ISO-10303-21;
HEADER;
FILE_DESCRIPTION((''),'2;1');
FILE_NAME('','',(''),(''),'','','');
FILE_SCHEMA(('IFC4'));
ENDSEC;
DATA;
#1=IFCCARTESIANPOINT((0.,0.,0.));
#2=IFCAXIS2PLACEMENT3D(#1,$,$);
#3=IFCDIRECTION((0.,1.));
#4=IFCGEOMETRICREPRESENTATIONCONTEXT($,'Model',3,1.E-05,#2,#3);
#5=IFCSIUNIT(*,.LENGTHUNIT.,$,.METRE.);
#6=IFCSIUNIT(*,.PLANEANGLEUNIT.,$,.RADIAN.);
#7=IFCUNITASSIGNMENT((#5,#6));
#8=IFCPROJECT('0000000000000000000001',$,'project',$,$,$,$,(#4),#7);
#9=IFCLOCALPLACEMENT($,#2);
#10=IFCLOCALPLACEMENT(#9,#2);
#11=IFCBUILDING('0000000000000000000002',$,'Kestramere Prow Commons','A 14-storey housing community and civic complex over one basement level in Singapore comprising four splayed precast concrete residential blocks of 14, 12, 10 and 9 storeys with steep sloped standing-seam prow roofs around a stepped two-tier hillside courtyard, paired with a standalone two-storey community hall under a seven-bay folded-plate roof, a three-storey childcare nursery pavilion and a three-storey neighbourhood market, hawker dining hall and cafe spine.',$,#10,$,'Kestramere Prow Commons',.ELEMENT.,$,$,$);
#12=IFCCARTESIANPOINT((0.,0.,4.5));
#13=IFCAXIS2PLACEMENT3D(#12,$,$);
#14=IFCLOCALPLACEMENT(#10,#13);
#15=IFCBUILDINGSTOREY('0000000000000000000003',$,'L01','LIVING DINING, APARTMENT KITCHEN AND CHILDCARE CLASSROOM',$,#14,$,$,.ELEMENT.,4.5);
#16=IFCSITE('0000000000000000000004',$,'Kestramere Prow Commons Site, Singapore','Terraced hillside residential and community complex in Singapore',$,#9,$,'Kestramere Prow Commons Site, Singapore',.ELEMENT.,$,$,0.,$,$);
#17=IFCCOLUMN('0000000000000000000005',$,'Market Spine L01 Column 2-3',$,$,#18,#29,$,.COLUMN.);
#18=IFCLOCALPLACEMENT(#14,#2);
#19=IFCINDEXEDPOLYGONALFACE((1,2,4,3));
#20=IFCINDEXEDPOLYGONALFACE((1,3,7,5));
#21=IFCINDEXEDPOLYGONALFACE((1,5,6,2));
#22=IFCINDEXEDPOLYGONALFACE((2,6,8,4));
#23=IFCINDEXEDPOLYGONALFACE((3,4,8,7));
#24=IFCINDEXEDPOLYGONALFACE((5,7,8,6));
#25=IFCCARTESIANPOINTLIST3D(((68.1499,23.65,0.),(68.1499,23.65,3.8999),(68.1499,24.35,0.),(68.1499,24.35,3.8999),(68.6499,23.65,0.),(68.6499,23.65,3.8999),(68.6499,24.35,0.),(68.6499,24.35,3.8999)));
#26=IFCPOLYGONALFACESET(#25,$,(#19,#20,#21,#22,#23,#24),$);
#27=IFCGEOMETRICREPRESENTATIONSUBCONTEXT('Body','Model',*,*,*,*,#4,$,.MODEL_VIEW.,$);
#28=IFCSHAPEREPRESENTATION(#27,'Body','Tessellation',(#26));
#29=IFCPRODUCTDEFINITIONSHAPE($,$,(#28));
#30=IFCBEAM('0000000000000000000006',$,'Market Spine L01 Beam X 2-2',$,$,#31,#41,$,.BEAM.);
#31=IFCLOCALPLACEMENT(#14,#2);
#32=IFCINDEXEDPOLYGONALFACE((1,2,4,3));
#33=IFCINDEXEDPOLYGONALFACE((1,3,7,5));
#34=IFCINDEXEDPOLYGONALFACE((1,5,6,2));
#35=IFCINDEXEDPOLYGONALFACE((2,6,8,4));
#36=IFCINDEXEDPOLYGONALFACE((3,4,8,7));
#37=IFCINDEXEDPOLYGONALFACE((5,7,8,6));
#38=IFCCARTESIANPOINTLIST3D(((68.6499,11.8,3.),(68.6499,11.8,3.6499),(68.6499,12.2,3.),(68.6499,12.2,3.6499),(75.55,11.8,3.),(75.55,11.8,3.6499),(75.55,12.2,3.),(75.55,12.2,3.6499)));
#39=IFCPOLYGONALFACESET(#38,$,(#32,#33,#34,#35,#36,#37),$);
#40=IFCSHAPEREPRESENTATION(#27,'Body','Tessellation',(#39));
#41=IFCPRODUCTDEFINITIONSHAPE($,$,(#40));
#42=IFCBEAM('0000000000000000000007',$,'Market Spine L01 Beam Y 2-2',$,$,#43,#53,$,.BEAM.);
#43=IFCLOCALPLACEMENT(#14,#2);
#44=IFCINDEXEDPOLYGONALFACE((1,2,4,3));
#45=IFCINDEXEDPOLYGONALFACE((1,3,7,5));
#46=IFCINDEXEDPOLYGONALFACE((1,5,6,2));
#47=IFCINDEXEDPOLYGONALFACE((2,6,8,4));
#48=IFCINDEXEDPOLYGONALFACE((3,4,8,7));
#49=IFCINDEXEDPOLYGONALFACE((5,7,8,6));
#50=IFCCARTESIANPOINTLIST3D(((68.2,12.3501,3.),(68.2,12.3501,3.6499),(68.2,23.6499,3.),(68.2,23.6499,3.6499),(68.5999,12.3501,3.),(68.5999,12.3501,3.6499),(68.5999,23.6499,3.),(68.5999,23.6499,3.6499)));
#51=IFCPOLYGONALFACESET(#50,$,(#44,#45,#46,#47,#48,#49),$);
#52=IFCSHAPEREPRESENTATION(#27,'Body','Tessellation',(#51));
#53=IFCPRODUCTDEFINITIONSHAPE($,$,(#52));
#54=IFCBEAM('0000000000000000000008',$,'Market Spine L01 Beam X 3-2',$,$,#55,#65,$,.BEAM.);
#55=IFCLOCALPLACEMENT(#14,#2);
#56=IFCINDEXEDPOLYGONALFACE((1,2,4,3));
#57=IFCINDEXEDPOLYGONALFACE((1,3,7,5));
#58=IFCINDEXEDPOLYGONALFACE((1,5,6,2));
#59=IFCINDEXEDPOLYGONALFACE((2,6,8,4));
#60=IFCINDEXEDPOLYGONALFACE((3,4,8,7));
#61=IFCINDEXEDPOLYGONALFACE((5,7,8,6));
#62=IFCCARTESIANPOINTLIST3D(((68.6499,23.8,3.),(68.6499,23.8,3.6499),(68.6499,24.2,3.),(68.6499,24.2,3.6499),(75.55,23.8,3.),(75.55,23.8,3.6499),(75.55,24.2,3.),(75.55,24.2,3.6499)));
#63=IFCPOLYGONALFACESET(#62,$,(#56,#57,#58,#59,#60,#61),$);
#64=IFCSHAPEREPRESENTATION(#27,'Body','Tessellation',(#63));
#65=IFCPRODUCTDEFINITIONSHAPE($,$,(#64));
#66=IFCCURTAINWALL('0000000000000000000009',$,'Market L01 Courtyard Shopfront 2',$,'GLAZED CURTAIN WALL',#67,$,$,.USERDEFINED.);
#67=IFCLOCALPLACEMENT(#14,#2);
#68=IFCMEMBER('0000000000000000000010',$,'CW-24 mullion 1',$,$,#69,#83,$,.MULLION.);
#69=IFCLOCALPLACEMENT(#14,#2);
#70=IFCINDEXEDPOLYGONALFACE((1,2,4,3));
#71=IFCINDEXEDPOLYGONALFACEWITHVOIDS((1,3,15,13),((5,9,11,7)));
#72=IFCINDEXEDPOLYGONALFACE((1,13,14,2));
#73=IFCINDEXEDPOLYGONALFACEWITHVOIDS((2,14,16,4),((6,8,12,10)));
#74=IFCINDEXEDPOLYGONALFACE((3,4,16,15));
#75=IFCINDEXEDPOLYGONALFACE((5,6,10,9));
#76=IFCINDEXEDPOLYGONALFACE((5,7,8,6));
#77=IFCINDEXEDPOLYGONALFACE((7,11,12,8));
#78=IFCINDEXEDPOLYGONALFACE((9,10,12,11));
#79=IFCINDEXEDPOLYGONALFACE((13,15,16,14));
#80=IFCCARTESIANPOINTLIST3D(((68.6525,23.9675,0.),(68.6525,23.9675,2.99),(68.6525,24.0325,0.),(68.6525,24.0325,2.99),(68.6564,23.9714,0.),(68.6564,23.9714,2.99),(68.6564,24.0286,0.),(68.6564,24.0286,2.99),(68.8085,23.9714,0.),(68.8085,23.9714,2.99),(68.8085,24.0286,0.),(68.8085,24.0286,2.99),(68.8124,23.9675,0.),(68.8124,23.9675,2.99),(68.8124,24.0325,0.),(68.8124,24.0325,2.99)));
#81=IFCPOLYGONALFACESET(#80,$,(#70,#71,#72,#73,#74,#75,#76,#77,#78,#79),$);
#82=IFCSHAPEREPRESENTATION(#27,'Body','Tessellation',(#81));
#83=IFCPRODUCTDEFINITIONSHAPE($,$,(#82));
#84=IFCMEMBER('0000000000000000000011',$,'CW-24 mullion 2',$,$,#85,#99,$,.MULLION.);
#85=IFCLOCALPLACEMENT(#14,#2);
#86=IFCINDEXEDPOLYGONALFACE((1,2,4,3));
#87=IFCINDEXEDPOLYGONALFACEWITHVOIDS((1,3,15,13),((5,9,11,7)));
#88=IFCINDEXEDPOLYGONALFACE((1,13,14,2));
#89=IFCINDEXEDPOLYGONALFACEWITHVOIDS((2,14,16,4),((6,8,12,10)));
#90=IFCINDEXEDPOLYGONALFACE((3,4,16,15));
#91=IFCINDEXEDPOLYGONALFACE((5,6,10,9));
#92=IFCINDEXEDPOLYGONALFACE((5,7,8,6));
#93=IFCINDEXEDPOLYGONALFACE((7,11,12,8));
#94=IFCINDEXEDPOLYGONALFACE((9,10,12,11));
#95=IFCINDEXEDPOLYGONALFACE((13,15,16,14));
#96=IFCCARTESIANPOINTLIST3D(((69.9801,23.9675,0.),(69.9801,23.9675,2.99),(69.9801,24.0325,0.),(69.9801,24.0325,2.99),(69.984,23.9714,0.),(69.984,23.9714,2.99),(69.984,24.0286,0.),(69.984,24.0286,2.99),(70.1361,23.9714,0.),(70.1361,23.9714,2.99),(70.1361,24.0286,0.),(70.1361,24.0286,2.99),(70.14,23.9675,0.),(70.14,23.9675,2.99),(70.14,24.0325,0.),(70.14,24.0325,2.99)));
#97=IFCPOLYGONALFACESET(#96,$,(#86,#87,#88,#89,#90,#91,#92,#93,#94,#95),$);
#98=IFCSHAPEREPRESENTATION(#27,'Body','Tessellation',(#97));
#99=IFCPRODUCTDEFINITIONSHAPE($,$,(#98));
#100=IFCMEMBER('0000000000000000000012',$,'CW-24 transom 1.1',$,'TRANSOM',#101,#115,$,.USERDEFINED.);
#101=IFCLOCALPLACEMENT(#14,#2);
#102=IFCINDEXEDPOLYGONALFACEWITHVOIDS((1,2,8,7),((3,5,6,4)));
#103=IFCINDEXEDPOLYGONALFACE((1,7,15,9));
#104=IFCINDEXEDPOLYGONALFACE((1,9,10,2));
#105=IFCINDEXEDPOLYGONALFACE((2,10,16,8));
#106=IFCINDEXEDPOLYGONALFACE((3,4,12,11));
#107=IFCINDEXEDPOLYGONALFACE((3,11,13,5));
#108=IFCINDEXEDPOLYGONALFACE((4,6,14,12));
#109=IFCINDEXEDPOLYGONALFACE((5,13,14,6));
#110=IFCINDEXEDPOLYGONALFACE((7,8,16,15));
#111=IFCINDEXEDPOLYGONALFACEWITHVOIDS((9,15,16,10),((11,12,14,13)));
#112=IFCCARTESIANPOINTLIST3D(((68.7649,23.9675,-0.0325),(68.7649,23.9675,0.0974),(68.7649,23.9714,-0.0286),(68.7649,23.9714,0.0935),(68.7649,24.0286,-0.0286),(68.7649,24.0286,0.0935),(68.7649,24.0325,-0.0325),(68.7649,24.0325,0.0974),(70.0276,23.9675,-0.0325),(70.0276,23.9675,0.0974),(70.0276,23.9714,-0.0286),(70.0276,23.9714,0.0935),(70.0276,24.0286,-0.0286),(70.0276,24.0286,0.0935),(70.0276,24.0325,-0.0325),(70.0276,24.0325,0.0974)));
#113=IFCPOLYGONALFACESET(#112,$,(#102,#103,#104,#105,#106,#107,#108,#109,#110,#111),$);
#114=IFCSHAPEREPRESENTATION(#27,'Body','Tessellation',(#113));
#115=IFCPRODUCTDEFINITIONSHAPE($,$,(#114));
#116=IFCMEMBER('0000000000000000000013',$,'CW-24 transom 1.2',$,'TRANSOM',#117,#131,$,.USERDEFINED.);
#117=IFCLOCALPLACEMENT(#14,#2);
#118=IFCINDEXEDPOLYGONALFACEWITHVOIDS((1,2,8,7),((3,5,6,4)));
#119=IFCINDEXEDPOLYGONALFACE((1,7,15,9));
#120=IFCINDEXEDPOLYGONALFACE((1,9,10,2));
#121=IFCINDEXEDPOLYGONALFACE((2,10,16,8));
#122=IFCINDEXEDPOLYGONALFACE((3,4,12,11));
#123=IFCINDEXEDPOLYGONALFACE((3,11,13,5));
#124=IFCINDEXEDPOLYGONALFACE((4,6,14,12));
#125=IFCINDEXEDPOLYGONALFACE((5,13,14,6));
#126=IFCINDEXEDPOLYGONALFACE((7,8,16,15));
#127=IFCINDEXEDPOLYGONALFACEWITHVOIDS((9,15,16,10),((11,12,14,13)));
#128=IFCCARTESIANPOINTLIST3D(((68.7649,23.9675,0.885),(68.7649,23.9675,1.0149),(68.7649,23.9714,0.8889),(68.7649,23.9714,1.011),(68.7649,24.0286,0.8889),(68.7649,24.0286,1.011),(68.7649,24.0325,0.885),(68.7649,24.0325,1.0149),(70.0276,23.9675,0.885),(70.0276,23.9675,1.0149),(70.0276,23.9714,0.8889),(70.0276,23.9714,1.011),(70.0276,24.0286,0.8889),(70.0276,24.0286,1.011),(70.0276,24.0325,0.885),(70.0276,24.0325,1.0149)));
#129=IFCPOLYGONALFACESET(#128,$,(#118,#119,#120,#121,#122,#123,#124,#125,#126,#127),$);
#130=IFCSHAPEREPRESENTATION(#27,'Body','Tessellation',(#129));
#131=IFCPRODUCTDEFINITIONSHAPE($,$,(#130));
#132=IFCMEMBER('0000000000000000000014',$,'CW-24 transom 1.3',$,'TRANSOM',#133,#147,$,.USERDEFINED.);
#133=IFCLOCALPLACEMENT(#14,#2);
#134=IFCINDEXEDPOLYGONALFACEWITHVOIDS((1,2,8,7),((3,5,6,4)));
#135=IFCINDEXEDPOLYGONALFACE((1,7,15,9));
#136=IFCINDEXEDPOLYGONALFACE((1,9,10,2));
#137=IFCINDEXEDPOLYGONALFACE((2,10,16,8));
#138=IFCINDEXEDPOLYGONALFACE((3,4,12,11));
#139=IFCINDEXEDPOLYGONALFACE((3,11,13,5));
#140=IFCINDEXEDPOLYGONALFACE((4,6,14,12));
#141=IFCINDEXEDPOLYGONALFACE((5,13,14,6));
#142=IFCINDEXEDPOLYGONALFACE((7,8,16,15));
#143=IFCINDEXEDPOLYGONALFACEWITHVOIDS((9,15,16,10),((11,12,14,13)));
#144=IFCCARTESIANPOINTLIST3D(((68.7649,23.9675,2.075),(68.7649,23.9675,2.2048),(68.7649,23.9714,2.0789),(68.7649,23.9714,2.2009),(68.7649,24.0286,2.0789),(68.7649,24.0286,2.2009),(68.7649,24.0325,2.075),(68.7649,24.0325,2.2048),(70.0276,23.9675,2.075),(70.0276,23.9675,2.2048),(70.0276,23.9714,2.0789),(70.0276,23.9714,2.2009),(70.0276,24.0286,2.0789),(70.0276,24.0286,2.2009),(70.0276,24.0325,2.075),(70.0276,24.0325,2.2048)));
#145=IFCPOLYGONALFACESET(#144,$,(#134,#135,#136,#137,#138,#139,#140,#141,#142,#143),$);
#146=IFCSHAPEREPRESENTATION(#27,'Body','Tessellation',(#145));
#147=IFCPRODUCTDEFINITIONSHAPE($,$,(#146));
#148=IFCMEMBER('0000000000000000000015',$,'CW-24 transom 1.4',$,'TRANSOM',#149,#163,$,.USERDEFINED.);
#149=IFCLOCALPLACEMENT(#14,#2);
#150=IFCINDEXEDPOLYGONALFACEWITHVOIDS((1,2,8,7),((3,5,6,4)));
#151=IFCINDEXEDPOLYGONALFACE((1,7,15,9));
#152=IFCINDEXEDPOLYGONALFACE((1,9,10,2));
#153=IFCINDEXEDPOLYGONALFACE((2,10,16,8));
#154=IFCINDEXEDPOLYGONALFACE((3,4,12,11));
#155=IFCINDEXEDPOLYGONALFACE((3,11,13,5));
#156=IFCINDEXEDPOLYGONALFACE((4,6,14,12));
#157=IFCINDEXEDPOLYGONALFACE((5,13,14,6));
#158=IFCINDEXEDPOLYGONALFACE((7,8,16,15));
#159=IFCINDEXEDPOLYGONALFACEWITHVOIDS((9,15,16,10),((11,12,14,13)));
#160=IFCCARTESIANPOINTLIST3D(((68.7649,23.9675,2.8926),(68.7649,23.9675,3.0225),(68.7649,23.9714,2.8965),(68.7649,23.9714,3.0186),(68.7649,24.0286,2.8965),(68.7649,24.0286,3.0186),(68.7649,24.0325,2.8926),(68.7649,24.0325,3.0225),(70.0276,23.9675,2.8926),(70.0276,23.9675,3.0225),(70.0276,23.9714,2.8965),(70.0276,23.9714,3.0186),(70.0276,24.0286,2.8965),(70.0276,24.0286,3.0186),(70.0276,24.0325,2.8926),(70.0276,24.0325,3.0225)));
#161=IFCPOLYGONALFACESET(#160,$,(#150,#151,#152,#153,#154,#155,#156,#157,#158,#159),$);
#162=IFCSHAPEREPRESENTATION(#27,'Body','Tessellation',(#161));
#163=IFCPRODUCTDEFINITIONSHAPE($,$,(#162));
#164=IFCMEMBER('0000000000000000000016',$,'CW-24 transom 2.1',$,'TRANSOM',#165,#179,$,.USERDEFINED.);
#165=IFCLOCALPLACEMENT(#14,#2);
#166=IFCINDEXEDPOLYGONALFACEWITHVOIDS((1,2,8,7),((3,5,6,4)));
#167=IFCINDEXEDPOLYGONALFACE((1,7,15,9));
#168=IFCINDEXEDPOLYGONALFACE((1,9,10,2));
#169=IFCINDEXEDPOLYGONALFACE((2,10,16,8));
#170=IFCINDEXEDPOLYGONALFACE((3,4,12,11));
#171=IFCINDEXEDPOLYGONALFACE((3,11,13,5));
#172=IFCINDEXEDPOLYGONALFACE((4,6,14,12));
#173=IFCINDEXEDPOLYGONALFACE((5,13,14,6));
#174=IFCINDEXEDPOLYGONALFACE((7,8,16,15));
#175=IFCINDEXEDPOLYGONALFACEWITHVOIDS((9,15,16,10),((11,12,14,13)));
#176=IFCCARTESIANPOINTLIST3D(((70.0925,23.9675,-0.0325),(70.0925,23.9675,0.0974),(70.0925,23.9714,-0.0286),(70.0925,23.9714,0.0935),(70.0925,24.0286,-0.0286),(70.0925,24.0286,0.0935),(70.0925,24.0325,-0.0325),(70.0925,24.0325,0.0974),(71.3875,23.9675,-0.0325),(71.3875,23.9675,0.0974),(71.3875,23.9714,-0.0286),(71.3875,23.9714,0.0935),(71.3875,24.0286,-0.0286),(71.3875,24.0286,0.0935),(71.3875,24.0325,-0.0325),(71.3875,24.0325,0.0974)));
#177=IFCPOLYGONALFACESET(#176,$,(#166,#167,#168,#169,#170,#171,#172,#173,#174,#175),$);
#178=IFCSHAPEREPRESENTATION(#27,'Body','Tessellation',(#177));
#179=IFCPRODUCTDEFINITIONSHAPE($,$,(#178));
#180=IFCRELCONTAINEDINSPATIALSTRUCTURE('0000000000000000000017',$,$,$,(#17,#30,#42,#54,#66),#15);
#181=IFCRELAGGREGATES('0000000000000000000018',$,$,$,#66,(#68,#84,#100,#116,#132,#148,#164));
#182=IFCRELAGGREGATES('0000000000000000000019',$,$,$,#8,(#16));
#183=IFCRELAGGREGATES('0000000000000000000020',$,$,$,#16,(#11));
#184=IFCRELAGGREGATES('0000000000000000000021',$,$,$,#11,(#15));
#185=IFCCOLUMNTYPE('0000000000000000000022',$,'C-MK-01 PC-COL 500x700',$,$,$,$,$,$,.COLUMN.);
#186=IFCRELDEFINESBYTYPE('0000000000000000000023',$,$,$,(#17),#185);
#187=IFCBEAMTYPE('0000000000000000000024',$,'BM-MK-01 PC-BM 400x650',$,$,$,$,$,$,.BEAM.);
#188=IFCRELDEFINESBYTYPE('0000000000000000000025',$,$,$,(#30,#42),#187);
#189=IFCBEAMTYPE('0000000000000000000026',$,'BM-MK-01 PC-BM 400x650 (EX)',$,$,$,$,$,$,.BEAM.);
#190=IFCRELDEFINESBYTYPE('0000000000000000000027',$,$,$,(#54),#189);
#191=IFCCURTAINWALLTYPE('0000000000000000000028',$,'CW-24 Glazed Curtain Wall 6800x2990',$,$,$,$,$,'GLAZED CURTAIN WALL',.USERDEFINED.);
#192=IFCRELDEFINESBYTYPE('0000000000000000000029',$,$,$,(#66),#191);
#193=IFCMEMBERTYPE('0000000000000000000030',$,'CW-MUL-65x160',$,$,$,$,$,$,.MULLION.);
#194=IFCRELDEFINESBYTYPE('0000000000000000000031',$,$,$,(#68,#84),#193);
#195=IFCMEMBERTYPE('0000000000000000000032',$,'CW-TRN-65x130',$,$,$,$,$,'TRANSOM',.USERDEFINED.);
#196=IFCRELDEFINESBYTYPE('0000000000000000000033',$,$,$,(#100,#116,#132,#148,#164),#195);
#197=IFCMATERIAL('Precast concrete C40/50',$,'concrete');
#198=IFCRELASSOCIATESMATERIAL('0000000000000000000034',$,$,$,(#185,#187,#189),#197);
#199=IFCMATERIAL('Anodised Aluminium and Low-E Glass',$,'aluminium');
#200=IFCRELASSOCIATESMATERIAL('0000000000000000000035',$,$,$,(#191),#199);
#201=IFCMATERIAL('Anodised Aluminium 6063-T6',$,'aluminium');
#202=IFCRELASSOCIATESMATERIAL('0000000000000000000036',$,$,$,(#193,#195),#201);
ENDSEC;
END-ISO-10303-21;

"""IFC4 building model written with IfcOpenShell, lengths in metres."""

from ifc_helpers import new_model, si_unit, direction, frame, origin, origin_2d, place, context, subcontext, project, spatial, rectangle, hollow_rectangle, extrude, material, material_profile, profile_set, type_object, element, aggregate, save


model = new_model("IFC4")

# Units and contexts
model_context = context("Model", 3, precision=1e-05, world=origin(), true_north=direction((0.0, 1.0)))
body_context = subcontext(model_context, "Body", "Model", "MODEL_VIEW")
ifc_project = project(units=[si_unit("LENGTHUNIT", "METRE"), si_unit("PLANEANGLEUNIT", "RADIAN")], contexts=[model_context])

# Site, building, storey
site_placement = place(None, origin())
site = spatial("IfcSite", under=ifc_project, at=site_placement, Name="Kestramere Prow Commons Site, Singapore", Description="Terraced hillside residential and community complex in Singapore", LongName="Kestramere Prow Commons Site, Singapore", CompositionType="ELEMENT", RefElevation=0.0)
building_placement = place(site_placement, origin())
building = spatial("IfcBuilding", under=site, at=building_placement, Name="Kestramere Prow Commons", Description="A 14-storey housing community and civic complex over one basement level in Singapore comprising four splayed precast concrete residential blocks of 14, 12, 10 and 9 storeys with steep sloped standing-seam prow roofs around a stepped two-tier hillside courtyard, paired with a standalone two-storey community hall under a seven-bay folded-plate roof, a three-storey childcare nursery pavilion and a three-storey neighbourhood market, hawker dining hall and cafe spine.", LongName="Kestramere Prow Commons", CompositionType="ELEMENT")
storey_placement = place(building_placement, frame((0.0, 0.0, 4.5)))
storey = spatial("IfcBuildingStorey", under=building, at=storey_placement, Name="L01", Description="LIVING DINING, APARTMENT KITCHEN AND CHILDCARE CLASSROOM", CompositionType="ELEMENT", Elevation=4.5)

# Column
ifc_material_1 = material(Name="Precast concrete C40/50", Category="concrete")
ifc_material_profile_1 = material_profile(ifc_material_1, rectangle(XDim=0.5, YDim=0.7, at=origin_2d()), Name="PC-COL 500x700")
ifc_profile_set_1 = profile_set([ifc_material_profile_1], Name="Precast concrete C40/50")
column_type = type_object("IfcColumnType", Name="C-MK-01 PC-COL 500x700", PredefinedType="COLUMN", material=ifc_profile_set_1)
column_placement = place(storey_placement, frame((68.3999, 24.0, 0.0), z_axis=(0.0, 0.0, 1.0), x_axis=(1.0, 0.0, 0.0)))
element("IfcColumn", 1, at=column_placement, inside=storey, type_object=column_type, Name="Market Spine L01 Column 2-3", PredefinedType="COLUMN", context=body_context, shape_type="SweptSolid", body=[
    extrude(rectangle(XDim=0.5, YDim=0.7, at=origin_2d()), origin(), (0.0, 0.0, 1.0), 3.8999),
])

# Beams
ifc_material_profile_2 = material_profile(ifc_material_1, rectangle(XDim=0.3999, YDim=0.6499, at=origin_2d()), Name="PC-BM 400x650")
ifc_profile_set_2 = profile_set([ifc_material_profile_2], Name="Precast concrete C40/50")
beam_type_1 = type_object("IfcBeamType", Name="BM-MK-01 PC-BM 400x650", PredefinedType="BEAM", material=ifc_profile_set_2)
beam_1_placement = place(storey_placement, frame((68.6499, 12.0, 3.325), z_axis=(1.0, 0.0, 0.0), x_axis=(0.0, 1.0, 0.0)))
element("IfcBeam", 2, at=beam_1_placement, inside=storey, type_object=beam_type_1, Name="Market Spine L01 Beam X 2-2", PredefinedType="BEAM", context=body_context, shape_type="SweptSolid", body=[
    extrude(rectangle(XDim=0.3999, YDim=0.6499, at=origin_2d()), origin(), (0.0, 0.0, 1.0), 6.9001),
])
beam_2_placement = place(storey_placement, frame((68.3999, 12.3501, 3.325), z_axis=(0.0, 1.0, 0.0), x_axis=(-1.0, 0.0, 0.0)))
element("IfcBeam", 3, at=beam_2_placement, inside=storey, type_object=beam_type_1, Name="Market Spine L01 Beam Y 2-2", PredefinedType="BEAM", context=body_context, shape_type="SweptSolid", body=[
    extrude(rectangle(XDim=0.3999, YDim=0.6499, at=origin_2d()), origin(), (0.0, 0.0, 1.0), 11.2998),
])
ifc_material_profile_3 = material_profile(ifc_material_1, rectangle(XDim=0.3999, YDim=0.6499, at=origin_2d()), Name="PC-BM 400x650")
ifc_profile_set_3 = profile_set([ifc_material_profile_3], Name="Precast concrete C40/50")
beam_type_2 = type_object("IfcBeamType", Name="BM-MK-01 PC-BM 400x650 (EX)", PredefinedType="BEAM", material=ifc_profile_set_3)
beam_3_placement = place(storey_placement, frame((68.6499, 24.0, 3.325), z_axis=(1.0, 0.0, 0.0), x_axis=(0.0, 1.0, 0.0)))
element("IfcBeam", 4, at=beam_3_placement, inside=storey, type_object=beam_type_2, Name="Market Spine L01 Beam X 3-2", PredefinedType="BEAM", context=body_context, shape_type="SweptSolid", body=[
    extrude(rectangle(XDim=0.3999, YDim=0.6499, at=origin_2d()), origin(), (0.0, 0.0, 1.0), 6.9001),
])

# Curtain wall, members
ifc_material_2 = material(Name="Anodised Aluminium and Low-E Glass", Category="aluminium")
curtain_wall_type = type_object("IfcCurtainWallType", Name="CW-24 Glazed Curtain Wall 6800x2990", ElementType="GLAZED CURTAIN WALL", PredefinedType="USERDEFINED", material=ifc_material_2)
curtain_wall_placement = place(storey_placement, origin())
curtain_wall = element("IfcCurtainWall", 5, at=curtain_wall_placement, inside=storey, type_object=curtain_wall_type, Name="Market L01 Courtyard Shopfront 2", ObjectType="GLAZED CURTAIN WALL", PredefinedType="USERDEFINED")
ifc_material_3 = material(Name="Anodised Aluminium 6063-T6", Category="aluminium")
ifc_material_profile_4 = material_profile(ifc_material_3, hollow_rectangle(XDim=0.0649, YDim=0.1599, WallThickness=0.0039, at=origin_2d()), Name="ALU-MUL 65x160")
ifc_profile_set_4 = profile_set([ifc_material_profile_4], Name="Anodised Aluminium 6063-T6")
member_type_1 = type_object("IfcMemberType", Name="CW-MUL-65x160", PredefinedType="MULLION", material=ifc_profile_set_4)
member_1_placement = place(storey_placement, frame((68.7324, 24.0, 0.0), z_axis=(0.0, 0.0, 1.0), x_axis=(0.0, 1.0, 0.0)))
member_1 = element("IfcMember", 6, at=member_1_placement, type_object=member_type_1, Name="CW-24 mullion 1", PredefinedType="MULLION", context=body_context, shape_type="SweptSolid", body=[
    extrude(hollow_rectangle(XDim=0.0649, YDim=0.1599, WallThickness=0.0039, at=origin_2d()), origin(), (0.0, 0.0, 1.0), 2.99),
])
member_2_placement = place(storey_placement, frame((70.0601, 24.0, 0.0), z_axis=(0.0, 0.0, 1.0), x_axis=(0.0, 1.0, 0.0)))
member_2 = element("IfcMember", 7, at=member_2_placement, type_object=member_type_1, Name="CW-24 mullion 2", PredefinedType="MULLION", context=body_context, shape_type="SweptSolid", body=[
    extrude(hollow_rectangle(XDim=0.0649, YDim=0.1599, WallThickness=0.0039, at=origin_2d()), origin(), (0.0, 0.0, 1.0), 2.99),
])
ifc_material_profile_5 = material_profile(ifc_material_3, hollow_rectangle(XDim=0.0649, YDim=0.1299, WallThickness=0.0039, at=origin_2d()), Name="ALU-TRN 65x130")
ifc_profile_set_5 = profile_set([ifc_material_profile_5], Name="Anodised Aluminium 6063-T6")
member_type_2 = type_object("IfcMemberType", Name="CW-TRN-65x130", ElementType="TRANSOM", PredefinedType="USERDEFINED", material=ifc_profile_set_5)
member_3_placement = place(storey_placement, frame((68.7649, 24.0, 0.0325), z_axis=(1.0, 0.0, 0.0), x_axis=(0.0, 1.0, 0.0)))
member_3 = element("IfcMember", 8, at=member_3_placement, type_object=member_type_2, Name="CW-24 transom 1.1", ObjectType="TRANSOM", PredefinedType="USERDEFINED", context=body_context, shape_type="SweptSolid", body=[
    extrude(hollow_rectangle(XDim=0.0649, YDim=0.1299, WallThickness=0.0039, at=origin_2d()), origin(), (0.0, 0.0, 1.0), 1.2627),
])
member_4_placement = place(storey_placement, frame((68.7649, 24.0, 0.95), z_axis=(1.0, 0.0, 0.0), x_axis=(0.0, 1.0, 0.0)))
member_4 = element("IfcMember", 9, at=member_4_placement, type_object=member_type_2, Name="CW-24 transom 1.2", ObjectType="TRANSOM", PredefinedType="USERDEFINED", context=body_context, shape_type="SweptSolid", body=[
    extrude(hollow_rectangle(XDim=0.0649, YDim=0.1299, WallThickness=0.0039, at=origin_2d()), origin(), (0.0, 0.0, 1.0), 1.2627),
])
member_5_placement = place(storey_placement, frame((68.7649, 24.0, 2.1399), z_axis=(1.0, 0.0, 0.0), x_axis=(0.0, 1.0, 0.0)))
member_5 = element("IfcMember", 10, at=member_5_placement, type_object=member_type_2, Name="CW-24 transom 1.3", ObjectType="TRANSOM", PredefinedType="USERDEFINED", context=body_context, shape_type="SweptSolid", body=[
    extrude(hollow_rectangle(XDim=0.0649, YDim=0.1299, WallThickness=0.0039, at=origin_2d()), origin(), (0.0, 0.0, 1.0), 1.2627),
])
member_6_placement = place(storey_placement, frame((68.7649, 24.0, 2.9575), z_axis=(1.0, 0.0, 0.0), x_axis=(0.0, 1.0, 0.0)))
member_6 = element("IfcMember", 11, at=member_6_placement, type_object=member_type_2, Name="CW-24 transom 1.4", ObjectType="TRANSOM", PredefinedType="USERDEFINED", context=body_context, shape_type="SweptSolid", body=[
    extrude(hollow_rectangle(XDim=0.0649, YDim=0.1299, WallThickness=0.0039, at=origin_2d()), origin(), (0.0, 0.0, 1.0), 1.2627),
])
member_7_placement = place(storey_placement, frame((70.0925, 24.0, 0.0325), z_axis=(1.0, 0.0, 0.0), x_axis=(0.0, 1.0, 0.0)))
member_7 = element("IfcMember", 12, at=member_7_placement, type_object=member_type_2, Name="CW-24 transom 2.1", ObjectType="TRANSOM", PredefinedType="USERDEFINED", context=body_context, shape_type="SweptSolid", body=[
    extrude(hollow_rectangle(XDim=0.0649, YDim=0.1299, WallThickness=0.0039, at=origin_2d()), origin(), (0.0, 0.0, 1.0), 1.2949),
])

aggregate(curtain_wall, [member_1, member_2, member_3, member_4, member_5, member_6, member_7])

save(model, "model.ifc")
